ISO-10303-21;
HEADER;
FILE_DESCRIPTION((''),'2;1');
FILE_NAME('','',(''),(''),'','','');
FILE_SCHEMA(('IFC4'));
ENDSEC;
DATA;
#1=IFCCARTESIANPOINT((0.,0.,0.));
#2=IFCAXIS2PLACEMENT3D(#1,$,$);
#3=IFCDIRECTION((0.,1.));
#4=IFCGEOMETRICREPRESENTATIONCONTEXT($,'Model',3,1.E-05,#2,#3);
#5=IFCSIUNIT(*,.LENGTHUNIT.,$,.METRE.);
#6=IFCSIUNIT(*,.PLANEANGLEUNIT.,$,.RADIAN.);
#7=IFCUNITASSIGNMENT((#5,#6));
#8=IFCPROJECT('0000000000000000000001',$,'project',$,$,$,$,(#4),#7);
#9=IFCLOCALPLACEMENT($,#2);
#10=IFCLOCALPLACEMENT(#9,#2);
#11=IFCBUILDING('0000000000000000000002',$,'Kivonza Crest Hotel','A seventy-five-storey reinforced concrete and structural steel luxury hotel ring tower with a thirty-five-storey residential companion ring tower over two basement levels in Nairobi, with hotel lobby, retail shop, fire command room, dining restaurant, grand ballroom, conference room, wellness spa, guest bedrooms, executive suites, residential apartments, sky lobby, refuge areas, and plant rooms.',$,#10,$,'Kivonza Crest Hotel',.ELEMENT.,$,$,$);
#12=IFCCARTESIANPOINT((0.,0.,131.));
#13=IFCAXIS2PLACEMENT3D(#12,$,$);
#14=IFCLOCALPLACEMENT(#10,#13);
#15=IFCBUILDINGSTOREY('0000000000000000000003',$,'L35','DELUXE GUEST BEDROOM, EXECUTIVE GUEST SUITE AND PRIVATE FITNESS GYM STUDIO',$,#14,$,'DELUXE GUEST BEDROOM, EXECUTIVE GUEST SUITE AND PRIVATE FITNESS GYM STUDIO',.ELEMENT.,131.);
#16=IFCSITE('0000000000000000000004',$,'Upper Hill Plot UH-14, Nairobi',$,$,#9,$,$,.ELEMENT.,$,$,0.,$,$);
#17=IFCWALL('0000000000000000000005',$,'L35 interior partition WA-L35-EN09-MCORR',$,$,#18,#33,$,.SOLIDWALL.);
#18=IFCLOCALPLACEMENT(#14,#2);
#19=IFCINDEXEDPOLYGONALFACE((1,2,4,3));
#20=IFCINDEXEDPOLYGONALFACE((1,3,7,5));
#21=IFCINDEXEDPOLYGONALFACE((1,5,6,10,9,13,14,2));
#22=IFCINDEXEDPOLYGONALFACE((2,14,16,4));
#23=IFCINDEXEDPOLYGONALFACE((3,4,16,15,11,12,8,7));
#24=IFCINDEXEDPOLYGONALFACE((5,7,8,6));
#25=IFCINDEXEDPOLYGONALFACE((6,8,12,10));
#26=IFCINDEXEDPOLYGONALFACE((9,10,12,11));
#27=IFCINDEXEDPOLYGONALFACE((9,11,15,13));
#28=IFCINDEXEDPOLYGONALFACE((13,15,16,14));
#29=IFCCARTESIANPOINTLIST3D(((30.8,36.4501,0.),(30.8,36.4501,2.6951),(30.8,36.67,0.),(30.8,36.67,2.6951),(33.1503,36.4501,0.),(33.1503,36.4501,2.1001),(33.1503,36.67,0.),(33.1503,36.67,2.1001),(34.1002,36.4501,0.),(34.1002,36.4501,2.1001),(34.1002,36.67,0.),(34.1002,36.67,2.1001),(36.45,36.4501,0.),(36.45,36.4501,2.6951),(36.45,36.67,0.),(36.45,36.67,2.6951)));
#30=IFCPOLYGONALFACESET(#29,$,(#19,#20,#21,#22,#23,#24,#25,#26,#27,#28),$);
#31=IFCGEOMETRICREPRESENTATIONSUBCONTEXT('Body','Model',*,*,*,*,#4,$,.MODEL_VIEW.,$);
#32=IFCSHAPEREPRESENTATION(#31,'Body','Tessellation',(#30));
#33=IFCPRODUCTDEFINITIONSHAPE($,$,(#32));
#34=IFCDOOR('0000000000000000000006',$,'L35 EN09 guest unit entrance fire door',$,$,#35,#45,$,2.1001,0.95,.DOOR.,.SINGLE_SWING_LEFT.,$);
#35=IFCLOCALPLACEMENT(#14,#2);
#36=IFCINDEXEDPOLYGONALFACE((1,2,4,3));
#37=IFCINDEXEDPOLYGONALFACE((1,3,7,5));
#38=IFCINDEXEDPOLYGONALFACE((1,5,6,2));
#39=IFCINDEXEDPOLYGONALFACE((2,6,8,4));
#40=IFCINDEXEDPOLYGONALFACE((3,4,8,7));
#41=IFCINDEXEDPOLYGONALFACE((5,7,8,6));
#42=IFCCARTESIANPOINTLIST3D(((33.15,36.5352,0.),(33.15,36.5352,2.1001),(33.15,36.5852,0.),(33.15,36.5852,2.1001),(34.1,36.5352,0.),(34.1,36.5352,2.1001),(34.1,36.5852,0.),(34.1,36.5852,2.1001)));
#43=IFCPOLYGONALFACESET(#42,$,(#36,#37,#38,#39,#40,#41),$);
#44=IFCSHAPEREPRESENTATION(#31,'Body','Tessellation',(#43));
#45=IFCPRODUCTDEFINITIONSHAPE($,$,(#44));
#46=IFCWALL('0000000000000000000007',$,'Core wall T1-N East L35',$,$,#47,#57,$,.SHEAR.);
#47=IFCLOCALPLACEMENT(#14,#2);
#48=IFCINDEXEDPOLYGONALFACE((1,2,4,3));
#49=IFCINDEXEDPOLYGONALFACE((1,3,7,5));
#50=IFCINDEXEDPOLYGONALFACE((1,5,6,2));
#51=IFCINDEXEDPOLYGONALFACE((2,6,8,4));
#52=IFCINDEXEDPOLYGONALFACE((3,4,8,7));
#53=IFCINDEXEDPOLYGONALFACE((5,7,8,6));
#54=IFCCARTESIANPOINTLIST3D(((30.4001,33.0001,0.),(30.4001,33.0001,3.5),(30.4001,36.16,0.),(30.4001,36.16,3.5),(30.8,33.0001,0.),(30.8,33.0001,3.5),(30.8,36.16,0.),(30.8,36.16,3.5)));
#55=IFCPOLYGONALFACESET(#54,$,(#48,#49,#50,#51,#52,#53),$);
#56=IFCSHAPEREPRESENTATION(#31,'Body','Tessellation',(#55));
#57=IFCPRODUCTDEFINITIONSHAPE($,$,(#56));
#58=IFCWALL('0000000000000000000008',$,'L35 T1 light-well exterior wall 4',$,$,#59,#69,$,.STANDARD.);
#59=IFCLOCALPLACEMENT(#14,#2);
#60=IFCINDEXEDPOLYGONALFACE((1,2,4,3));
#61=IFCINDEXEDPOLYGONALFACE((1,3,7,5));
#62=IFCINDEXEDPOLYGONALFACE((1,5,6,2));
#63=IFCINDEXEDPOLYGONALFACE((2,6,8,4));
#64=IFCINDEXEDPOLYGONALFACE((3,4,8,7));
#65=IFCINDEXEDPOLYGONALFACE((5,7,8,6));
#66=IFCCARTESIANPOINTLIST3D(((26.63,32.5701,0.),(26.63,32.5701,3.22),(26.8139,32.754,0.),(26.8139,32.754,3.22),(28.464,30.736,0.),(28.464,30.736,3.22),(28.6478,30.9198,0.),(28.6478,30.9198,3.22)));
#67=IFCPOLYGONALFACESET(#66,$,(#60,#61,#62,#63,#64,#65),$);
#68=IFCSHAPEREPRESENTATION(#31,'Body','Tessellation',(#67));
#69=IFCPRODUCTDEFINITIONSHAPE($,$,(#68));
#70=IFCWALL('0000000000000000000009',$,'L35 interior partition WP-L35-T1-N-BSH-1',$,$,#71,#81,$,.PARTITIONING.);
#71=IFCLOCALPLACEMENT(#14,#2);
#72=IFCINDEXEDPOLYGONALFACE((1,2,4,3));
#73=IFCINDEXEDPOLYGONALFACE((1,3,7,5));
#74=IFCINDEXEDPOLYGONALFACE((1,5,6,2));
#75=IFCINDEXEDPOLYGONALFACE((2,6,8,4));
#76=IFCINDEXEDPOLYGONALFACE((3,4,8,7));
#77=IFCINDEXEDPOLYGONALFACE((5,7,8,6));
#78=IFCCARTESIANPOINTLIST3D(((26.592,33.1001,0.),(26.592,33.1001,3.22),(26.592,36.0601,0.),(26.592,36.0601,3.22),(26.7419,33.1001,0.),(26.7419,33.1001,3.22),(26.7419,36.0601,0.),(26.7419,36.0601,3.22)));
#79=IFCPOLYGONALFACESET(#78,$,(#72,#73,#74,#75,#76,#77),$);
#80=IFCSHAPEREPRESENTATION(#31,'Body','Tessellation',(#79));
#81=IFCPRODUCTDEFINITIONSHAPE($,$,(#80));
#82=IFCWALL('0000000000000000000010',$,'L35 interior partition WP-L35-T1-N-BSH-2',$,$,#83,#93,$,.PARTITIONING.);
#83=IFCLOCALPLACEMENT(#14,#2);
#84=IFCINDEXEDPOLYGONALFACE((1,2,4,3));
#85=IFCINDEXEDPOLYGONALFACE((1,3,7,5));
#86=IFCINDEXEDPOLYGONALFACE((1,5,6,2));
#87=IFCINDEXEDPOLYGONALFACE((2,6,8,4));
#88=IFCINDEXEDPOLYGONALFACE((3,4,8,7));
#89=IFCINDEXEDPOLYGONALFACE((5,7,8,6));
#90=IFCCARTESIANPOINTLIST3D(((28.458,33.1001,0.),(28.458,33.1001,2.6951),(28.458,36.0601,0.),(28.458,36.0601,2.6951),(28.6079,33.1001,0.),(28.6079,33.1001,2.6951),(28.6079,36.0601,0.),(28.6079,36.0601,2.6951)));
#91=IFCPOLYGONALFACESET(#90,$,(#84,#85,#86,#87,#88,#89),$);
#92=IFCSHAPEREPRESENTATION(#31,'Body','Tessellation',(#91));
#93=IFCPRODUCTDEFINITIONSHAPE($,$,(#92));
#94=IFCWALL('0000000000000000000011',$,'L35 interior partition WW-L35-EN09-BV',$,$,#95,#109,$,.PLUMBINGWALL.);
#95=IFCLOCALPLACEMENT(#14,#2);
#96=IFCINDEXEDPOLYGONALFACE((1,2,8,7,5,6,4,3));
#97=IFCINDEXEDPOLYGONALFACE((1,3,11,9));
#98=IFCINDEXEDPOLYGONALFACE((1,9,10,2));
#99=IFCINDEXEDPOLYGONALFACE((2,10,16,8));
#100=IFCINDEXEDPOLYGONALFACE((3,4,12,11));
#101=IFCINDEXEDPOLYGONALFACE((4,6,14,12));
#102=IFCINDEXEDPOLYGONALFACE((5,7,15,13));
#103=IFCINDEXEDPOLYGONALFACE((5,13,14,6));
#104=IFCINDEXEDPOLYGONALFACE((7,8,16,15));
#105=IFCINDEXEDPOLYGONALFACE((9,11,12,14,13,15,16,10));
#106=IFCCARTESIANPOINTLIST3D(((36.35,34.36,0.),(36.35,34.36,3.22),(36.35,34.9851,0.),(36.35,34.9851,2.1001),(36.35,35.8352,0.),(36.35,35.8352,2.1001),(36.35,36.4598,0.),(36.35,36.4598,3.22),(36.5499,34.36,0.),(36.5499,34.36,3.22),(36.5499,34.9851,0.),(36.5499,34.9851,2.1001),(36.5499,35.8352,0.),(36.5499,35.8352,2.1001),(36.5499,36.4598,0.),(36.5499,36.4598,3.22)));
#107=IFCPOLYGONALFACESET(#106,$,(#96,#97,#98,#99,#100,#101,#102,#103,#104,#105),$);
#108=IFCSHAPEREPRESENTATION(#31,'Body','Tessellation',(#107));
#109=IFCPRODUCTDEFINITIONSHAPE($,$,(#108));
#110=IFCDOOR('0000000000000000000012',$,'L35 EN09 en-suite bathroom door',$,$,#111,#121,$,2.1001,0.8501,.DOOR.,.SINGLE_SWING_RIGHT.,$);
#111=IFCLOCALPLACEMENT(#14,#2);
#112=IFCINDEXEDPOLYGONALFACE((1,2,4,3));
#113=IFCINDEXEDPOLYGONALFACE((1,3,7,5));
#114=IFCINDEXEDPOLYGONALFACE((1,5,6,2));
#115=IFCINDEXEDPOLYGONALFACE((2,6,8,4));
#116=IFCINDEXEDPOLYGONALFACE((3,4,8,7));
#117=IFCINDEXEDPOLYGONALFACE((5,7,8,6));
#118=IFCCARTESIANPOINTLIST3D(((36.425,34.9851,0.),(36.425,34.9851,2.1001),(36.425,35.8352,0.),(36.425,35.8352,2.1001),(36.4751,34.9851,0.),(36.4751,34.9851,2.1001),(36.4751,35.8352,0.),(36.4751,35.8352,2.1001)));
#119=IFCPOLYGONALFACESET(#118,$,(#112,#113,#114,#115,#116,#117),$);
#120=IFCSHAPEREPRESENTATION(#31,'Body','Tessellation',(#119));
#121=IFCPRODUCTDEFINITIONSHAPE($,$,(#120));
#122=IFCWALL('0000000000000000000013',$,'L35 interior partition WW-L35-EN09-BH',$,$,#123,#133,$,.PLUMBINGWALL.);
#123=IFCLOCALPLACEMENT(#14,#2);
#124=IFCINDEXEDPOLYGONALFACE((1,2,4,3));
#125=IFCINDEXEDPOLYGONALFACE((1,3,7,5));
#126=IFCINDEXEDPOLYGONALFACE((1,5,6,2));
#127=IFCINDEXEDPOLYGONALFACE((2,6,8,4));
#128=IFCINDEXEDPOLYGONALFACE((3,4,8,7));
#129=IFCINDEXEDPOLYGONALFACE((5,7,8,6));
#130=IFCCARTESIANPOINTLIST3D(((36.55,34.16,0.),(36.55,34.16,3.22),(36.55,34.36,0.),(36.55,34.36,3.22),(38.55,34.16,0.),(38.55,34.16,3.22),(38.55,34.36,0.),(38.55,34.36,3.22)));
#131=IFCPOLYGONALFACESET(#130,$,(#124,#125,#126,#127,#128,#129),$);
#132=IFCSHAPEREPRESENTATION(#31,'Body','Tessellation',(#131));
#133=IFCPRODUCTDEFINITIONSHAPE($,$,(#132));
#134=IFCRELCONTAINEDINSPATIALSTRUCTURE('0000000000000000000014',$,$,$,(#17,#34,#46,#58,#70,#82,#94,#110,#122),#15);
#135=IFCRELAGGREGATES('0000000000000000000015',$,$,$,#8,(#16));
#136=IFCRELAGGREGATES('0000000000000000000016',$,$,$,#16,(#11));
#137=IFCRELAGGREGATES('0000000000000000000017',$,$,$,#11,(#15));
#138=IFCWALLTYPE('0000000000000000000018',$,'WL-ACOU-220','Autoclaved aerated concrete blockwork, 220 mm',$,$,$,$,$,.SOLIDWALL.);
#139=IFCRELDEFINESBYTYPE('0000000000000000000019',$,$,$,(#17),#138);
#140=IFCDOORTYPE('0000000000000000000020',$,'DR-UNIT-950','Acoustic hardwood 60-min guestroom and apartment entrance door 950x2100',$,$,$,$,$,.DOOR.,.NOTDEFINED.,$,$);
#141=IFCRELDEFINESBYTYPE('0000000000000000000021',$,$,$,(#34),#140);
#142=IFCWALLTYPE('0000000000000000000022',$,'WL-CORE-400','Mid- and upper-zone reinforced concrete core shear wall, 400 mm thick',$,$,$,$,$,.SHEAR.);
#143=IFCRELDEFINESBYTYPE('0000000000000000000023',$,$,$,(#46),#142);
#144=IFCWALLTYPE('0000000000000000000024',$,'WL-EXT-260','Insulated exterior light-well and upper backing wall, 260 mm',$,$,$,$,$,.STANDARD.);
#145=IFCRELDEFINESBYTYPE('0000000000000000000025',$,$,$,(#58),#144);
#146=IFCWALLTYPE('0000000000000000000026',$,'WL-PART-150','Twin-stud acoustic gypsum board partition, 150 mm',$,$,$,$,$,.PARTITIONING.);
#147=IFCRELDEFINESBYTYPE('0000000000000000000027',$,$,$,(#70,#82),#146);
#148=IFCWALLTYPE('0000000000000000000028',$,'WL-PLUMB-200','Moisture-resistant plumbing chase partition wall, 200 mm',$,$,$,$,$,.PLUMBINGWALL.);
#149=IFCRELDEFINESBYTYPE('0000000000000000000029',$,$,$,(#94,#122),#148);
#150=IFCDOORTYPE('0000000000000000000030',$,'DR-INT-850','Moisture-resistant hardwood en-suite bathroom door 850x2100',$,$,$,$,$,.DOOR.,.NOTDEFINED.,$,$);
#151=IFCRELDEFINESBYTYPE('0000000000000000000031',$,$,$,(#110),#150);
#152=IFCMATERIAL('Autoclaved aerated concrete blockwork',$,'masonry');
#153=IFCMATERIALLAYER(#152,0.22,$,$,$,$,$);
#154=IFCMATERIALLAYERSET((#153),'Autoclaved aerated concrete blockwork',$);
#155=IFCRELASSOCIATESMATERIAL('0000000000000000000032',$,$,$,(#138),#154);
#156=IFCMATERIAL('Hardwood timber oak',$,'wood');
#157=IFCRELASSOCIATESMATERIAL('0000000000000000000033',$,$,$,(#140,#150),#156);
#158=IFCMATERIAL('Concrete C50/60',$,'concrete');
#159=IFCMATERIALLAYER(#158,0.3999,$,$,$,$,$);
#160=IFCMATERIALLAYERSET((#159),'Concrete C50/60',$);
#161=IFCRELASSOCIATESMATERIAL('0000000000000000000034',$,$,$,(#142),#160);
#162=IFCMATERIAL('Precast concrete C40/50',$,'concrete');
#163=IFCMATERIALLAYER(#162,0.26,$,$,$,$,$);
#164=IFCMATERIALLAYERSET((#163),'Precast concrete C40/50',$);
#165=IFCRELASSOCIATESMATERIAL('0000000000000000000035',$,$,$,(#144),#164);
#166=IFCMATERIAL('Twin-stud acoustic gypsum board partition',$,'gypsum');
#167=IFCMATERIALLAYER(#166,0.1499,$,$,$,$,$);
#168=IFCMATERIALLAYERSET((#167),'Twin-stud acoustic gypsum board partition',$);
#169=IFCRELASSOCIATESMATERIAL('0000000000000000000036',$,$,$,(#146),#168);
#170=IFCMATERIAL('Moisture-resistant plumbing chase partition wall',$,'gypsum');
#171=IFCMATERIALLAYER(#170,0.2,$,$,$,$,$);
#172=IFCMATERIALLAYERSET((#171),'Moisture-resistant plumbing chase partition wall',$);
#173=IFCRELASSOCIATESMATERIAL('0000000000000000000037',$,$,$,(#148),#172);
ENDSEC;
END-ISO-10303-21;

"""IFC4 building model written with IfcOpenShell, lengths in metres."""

from ifc_helpers import new_model, si_unit, direction, frame, frame_2d, origin, place, context, subcontext, project, spatial, rectangle, extrude, material, layer, layer_set, type_object, element, fill, save


model = new_model("IFC4")

# Units and contexts
model_context = context("Model", 3, precision=1e-05, world=origin(), true_north=direction((0.0, 1.0)))
body_context = subcontext(model_context, "Body", "Model", "MODEL_VIEW")
ifc_project = project(units=[si_unit("LENGTHUNIT", "METRE"), si_unit("PLANEANGLEUNIT", "RADIAN")], contexts=[model_context])

# Site, building, storey
site_placement = place(None, origin())
site = spatial("IfcSite", under=ifc_project, at=site_placement, Name="Upper Hill Plot UH-14, Nairobi", CompositionType="ELEMENT", RefElevation=0.0)
building_placement = place(site_placement, origin())
building = spatial("IfcBuilding", under=site, at=building_placement, Name="Kivonza Crest Hotel", Description="A seventy-five-storey reinforced concrete and structural steel luxury hotel ring tower with a thirty-five-storey residential companion ring tower over two basement levels in Nairobi, with hotel lobby, retail shop, fire command room, dining restaurant, grand ballroom, conference room, wellness spa, guest bedrooms, executive suites, residential apartments, sky lobby, refuge areas, and plant rooms.", LongName="Kivonza Crest Hotel", CompositionType="ELEMENT")
storey_placement = place(building_placement, frame((0.0, 0.0, 131.0)))
storey = spatial("IfcBuildingStorey", under=building, at=storey_placement, Name="L35", Description="DELUXE GUEST BEDROOM, EXECUTIVE GUEST SUITE AND PRIVATE FITNESS GYM STUDIO", LongName="DELUXE GUEST BEDROOM, EXECUTIVE GUEST SUITE AND PRIVATE FITNESS GYM STUDIO", CompositionType="ELEMENT", Elevation=131.0)

# Shared definitions
ifc_material_1 = material(Name="Concrete C50/60", Category="concrete")

# Wall, opening, door
ifc_material_2 = material(Name="Autoclaved aerated concrete blockwork", Category="masonry")
ifc_layer_1 = layer(ifc_material_2, 0.22)
ifc_layer_set_1 = layer_set([ifc_layer_1], Name="Autoclaved aerated concrete blockwork")
wall_type_1 = type_object("IfcWallType", Name="WL-ACOU-220", Description="Autoclaved aerated concrete blockwork, 220 mm", PredefinedType="SOLIDWALL", material=ifc_layer_set_1)
wall_1_placement = place(storey_placement, frame((30.8, 36.5601, 0.0), z_axis=(0.0, 0.0, 1.0), x_axis=(1.0, 0.0, 0.0)))
wall_1 = element("IfcWall", 1, at=wall_1_placement, inside=storey, type_object=wall_type_1, Name="L35 interior partition WA-L35-EN09-MCORR", PredefinedType="SOLIDWALL", context=body_context, shape_type="SweptSolid", body=[
    extrude(rectangle(XDim=5.6499, YDim=0.22, at=frame_2d((2.825, 0.0))), origin(), (0.0, 0.0, 1.0), 2.6951),
])
opening_1_placement = place(wall_1_placement, frame((2.3501, 0.0, 0.0)))
opening_1 = element("IfcOpeningElement", 2, at=opening_1_placement, cuts=wall_1, PredefinedType="OPENING", context=body_context, shape_type="SweptSolid", body=[
    extrude(rectangle(XDim=0.95, YDim=2.1001, at=frame_2d((0.4751, 1.05))), frame((0.0, 0.1201, 0.0), z_axis=(0.0, -1.0, 0.0), x_axis=(1.0, 0.0, 0.0)), (0.0, 0.0, 1.0), 0.24),
])
ifc_material_3 = material(Name="Hardwood timber oak", Category="wood")
door_type_1 = type_object("IfcDoorType", Name="DR-UNIT-950", Description="Acoustic hardwood 60-min guestroom and apartment entrance door 950x2100", OperationType="NOTDEFINED", PredefinedType="DOOR", material=ifc_material_3)
door_1_placement = place(opening_1_placement, frame((0.95, 0.0, 0.0), z_axis=(0.0, 0.0, 1.0), x_axis=(-1.0, 0.0, 0.0)))
door_1 = element("IfcDoor", 3, at=door_1_placement, inside=storey, type_object=door_type_1, Name="L35 EN09 guest unit entrance fire door", OperationType="SINGLE_SWING_LEFT", OverallHeight=2.1001, OverallWidth=0.95, PredefinedType="DOOR", context=body_context, shape_type="SweptSolid", body=[
    extrude(rectangle(XDim=0.95, YDim=2.1001, at=frame_2d((0.4751, 1.05))), frame((0.0, 0.0249, 0.0), z_axis=(0.0, -1.0, 0.0), x_axis=(1.0, 0.0, 0.0)), (0.0, 0.0, 1.0), 0.05),
])
fill(opening_1, door_1)

# Walls
ifc_layer_2 = layer(ifc_material_1, 0.3999)
ifc_layer_set_2 = layer_set([ifc_layer_2], Name="Concrete C50/60")
wall_type_2 = type_object("IfcWallType", Name="WL-CORE-400", Description="Mid- and upper-zone reinforced concrete core shear wall, 400 mm thick", PredefinedType="SHEAR", material=ifc_layer_set_2)
wall_2_placement = place(storey_placement, frame((30.6001, 33.0, 0.0), z_axis=(0.0, 0.0, 1.0), x_axis=(0.0, 1.0, 0.0)))
element("IfcWall", 4, at=wall_2_placement, inside=storey, type_object=wall_type_2, Name="Core wall T1-N East L35", PredefinedType="SHEAR", context=body_context, shape_type="SweptSolid", body=[
    extrude(rectangle(XDim=3.1599, YDim=0.3999, at=frame_2d((1.5801, 0.0))), origin(), (0.0, 0.0, 1.0), 3.5),
])
ifc_material_4 = material(Name="Precast concrete C40/50", Category="concrete")
ifc_layer_3 = layer(ifc_material_4, 0.26)
ifc_layer_set_3 = layer_set([ifc_layer_3], Name="Precast concrete C40/50")
wall_type_3 = type_object("IfcWallType", Name="WL-EXT-260", Description="Insulated exterior light-well and upper backing wall, 260 mm", PredefinedType="STANDARD", material=ifc_layer_set_3)
wall_3_placement = place(storey_placement, frame((28.5559, 30.8279, 0.0), z_axis=(0.0, 0.0, 1.0), x_axis=(-0.70706, 0.707154, 0.0)))
element("IfcWall", 5, at=wall_3_placement, inside=storey, type_object=wall_type_3, Name="L35 T1 light-well exterior wall 4", PredefinedType="STANDARD", context=body_context, shape_type="SweptSolid", body=[
    extrude(rectangle(XDim=2.5938, YDim=0.26, at=frame_2d((1.2969, 0.0))), origin(), (0.0, 0.0, 1.0), 3.22),
])
ifc_material_5 = material(Name="Twin-stud acoustic gypsum board partition", Category="gypsum")
ifc_layer_4 = layer(ifc_material_5, 0.1499)
ifc_layer_set_4 = layer_set([ifc_layer_4], Name="Twin-stud acoustic gypsum board partition")
wall_type_4 = type_object("IfcWallType", Name="WL-PART-150", Description="Twin-stud acoustic gypsum board partition, 150 mm", PredefinedType="PARTITIONING", material=ifc_layer_set_4)
wall_4_placement = place(storey_placement, frame((26.667, 33.1001, 0.0), z_axis=(0.0, 0.0, 1.0), x_axis=(0.0, 1.0, 0.0)))
element("IfcWall", 6, at=wall_4_placement, inside=storey, type_object=wall_type_4, Name="L35 interior partition WP-L35-T1-N-BSH-1", PredefinedType="PARTITIONING", context=body_context, shape_type="SweptSolid", body=[
    extrude(rectangle(XDim=2.96, YDim=0.1499, at=frame_2d((1.48, 0.0))), origin(), (0.0, 0.0, 1.0), 3.22),
])
wall_5_placement = place(storey_placement, frame((28.533, 33.1001, 0.0), z_axis=(0.0, 0.0, 1.0), x_axis=(0.0, 1.0, 0.0)))
element("IfcWall", 7, at=wall_5_placement, inside=storey, type_object=wall_type_4, Name="L35 interior partition WP-L35-T1-N-BSH-2", PredefinedType="PARTITIONING", context=body_context, shape_type="SweptSolid", body=[
    extrude(rectangle(XDim=2.96, YDim=0.1499, at=frame_2d((1.48, 0.0))), origin(), (0.0, 0.0, 1.0), 2.6951),
])

# Wall, opening, door
ifc_material_6 = material(Name="Moisture-resistant plumbing chase partition wall", Category="gypsum")
ifc_layer_5 = layer(ifc_material_6, 0.2)
ifc_layer_set_5 = layer_set([ifc_layer_5], Name="Moisture-resistant plumbing chase partition wall")
wall_type_5 = type_object("IfcWallType", Name="WL-PLUMB-200", Description="Moisture-resistant plumbing chase partition wall, 200 mm", PredefinedType="PLUMBINGWALL", material=ifc_layer_set_5)
wall_6_placement = place(storey_placement, frame((36.45, 34.3601, 0.0), z_axis=(0.0, 0.0, 1.0), x_axis=(0.0, 1.0, 0.0)))
wall_6 = element("IfcWall", 8, at=wall_6_placement, inside=storey, type_object=wall_type_5, Name="L35 interior partition WW-L35-EN09-BV", PredefinedType="PLUMBINGWALL", context=body_context, shape_type="SweptSolid", body=[
    extrude(rectangle(XDim=2.0999, YDim=0.2, at=frame_2d((1.0498, 0.0))), origin(), (0.0, 0.0, 1.0), 3.22),
])
opening_2_placement = place(wall_6_placement, frame((0.625, 0.0, 0.0)))
opening_2 = element("IfcOpeningElement", 9, at=opening_2_placement, cuts=wall_6, PredefinedType="OPENING", context=body_context, shape_type="SweptSolid", body=[
    extrude(rectangle(XDim=0.8501, YDim=2.1001, at=frame_2d((0.425, 1.05))), frame((0.0, 0.1099, 0.0), z_axis=(0.0, -1.0, 0.0), x_axis=(1.0, 0.0, 0.0)), (0.0, 0.0, 1.0), 0.22),
])
door_type_2 = type_object("IfcDoorType", Name="DR-INT-850", Description="Moisture-resistant hardwood en-suite bathroom door 850x2100", OperationType="NOTDEFINED", PredefinedType="DOOR", material=ifc_material_3)
door_2_placement = place(opening_2_placement, origin())
door_2 = element("IfcDoor", 10, at=door_2_placement, inside=storey, type_object=door_type_2, Name="L35 EN09 en-suite bathroom door", OperationType="SINGLE_SWING_RIGHT", OverallHeight=2.1001, OverallWidth=0.8501, PredefinedType="DOOR", context=body_context, shape_type="SweptSolid", body=[
    extrude(rectangle(XDim=0.8501, YDim=2.1001, at=frame_2d((0.425, 1.05))), frame((0.0, 0.0249, 0.0), z_axis=(0.0, -1.0, 0.0), x_axis=(1.0, 0.0, 0.0)), (0.0, 0.0, 1.0), 0.05),
])
fill(opening_2, door_2)

# Wall
wall_7_placement = place(storey_placement, frame((36.55, 34.26, 0.0), z_axis=(0.0, 0.0, 1.0), x_axis=(1.0, 0.0, 0.0)))
element("IfcWall", 11, at=wall_7_placement, inside=storey, type_object=wall_type_5, Name="L35 interior partition WW-L35-EN09-BH", PredefinedType="PLUMBINGWALL", context=body_context, shape_type="SweptSolid", body=[
    extrude(rectangle(XDim=2.0, YDim=0.2, at=frame_2d((1.0, 0.0))), origin(), (0.0, 0.0, 1.0), 3.22),
])

save(model, "model.ifc")
